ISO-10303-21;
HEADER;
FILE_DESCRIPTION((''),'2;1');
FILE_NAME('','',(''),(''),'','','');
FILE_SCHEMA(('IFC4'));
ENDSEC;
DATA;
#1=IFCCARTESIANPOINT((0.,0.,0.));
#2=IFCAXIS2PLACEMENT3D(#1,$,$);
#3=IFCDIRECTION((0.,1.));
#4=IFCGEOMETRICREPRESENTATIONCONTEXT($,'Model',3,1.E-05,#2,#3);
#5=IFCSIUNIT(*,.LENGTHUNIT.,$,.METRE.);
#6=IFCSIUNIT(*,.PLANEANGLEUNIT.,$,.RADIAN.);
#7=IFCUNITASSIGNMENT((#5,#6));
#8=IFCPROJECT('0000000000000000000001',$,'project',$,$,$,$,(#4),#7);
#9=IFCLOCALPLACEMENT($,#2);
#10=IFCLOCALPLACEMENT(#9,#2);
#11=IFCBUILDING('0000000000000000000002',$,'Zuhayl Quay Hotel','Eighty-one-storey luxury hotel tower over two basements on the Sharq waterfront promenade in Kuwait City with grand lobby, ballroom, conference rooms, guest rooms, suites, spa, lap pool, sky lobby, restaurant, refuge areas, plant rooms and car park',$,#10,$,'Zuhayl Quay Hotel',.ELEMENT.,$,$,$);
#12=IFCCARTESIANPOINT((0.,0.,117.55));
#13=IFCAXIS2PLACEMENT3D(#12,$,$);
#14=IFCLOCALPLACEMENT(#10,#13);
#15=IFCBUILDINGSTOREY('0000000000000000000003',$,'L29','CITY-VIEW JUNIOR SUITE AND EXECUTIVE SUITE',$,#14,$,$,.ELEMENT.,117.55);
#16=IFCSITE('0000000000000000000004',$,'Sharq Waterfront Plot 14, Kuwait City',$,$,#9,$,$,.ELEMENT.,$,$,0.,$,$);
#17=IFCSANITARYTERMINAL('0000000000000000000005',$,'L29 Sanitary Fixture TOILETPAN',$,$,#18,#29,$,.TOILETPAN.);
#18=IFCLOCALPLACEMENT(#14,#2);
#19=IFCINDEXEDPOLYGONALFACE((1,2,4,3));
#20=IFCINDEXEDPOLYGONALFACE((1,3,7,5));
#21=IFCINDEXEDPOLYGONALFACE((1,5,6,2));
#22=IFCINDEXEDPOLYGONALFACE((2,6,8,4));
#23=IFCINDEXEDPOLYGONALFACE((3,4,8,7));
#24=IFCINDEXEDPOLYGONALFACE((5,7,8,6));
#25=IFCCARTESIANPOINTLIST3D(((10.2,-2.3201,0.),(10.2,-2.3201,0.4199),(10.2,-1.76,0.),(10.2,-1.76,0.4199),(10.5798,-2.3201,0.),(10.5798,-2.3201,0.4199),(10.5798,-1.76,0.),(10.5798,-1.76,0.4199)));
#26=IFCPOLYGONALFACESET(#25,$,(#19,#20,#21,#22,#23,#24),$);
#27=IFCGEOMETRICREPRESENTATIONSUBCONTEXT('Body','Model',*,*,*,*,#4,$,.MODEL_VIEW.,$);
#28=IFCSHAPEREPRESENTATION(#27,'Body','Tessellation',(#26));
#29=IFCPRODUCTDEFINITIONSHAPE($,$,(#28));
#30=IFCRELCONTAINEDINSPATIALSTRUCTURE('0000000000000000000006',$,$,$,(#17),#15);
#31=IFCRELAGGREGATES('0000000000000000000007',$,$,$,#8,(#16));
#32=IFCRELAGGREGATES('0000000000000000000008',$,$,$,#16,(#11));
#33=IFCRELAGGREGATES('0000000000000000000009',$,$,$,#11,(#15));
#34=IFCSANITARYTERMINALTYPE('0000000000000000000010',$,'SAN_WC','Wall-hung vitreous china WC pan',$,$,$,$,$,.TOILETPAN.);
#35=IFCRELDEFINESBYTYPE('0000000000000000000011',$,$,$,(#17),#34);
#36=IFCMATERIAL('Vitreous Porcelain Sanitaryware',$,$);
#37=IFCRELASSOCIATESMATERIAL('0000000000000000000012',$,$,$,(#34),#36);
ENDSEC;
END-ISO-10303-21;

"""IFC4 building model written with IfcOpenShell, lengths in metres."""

from ifc_helpers import new_model, si_unit, direction, frame, origin, origin_2d, place, context, subcontext, project, spatial, rectangle, extrude, material, type_object, element, save


model = new_model("IFC4")

# Units and contexts
model_context = context("Model", 3, precision=1e-05, world=origin(), true_north=direction((0.0, 1.0)))
body_context = subcontext(model_context, "Body", "Model", "MODEL_VIEW")
ifc_project = project(units=[si_unit("LENGTHUNIT", "METRE"), si_unit("PLANEANGLEUNIT", "RADIAN")], contexts=[model_context])

# Site, building, storey
site_placement = place(None, origin())
site = spatial("IfcSite", under=ifc_project, at=site_placement, Name="Sharq Waterfront Plot 14, Kuwait City", CompositionType="ELEMENT", RefElevation=0.0)
building_placement = place(site_placement, origin())
building = spatial("IfcBuilding", under=site, at=building_placement, Name="Zuhayl Quay Hotel", Description="Eighty-one-storey luxury hotel tower over two basements on the Sharq waterfront promenade in Kuwait City with grand lobby, ballroom, conference rooms, guest rooms, suites, spa, lap pool, sky lobby, restaurant, refuge areas, plant rooms and car park", LongName="Zuhayl Quay Hotel", CompositionType="ELEMENT")
storey_placement = place(building_placement, frame((0.0, 0.0, 117.55)))
storey = spatial("IfcBuildingStorey", under=building, at=storey_placement, Name="L29", Description="CITY-VIEW JUNIOR SUITE AND EXECUTIVE SUITE", CompositionType="ELEMENT", Elevation=117.55)

# Sanitary terminal
ifc_material_1 = material(Name="Vitreous Porcelain Sanitaryware")
sanitary_terminal_type_1 = type_object("IfcSanitaryTerminalType", Name="SAN_WC", Description="Wall-hung vitreous china WC pan", PredefinedType="TOILETPAN", material=ifc_material_1)
sanitary_terminal_1_placement = place(storey_placement, frame((10.3899, -2.04, 0.0), z_axis=(0.0, 0.0, 1.0), x_axis=(1.0, 0.0, 0.0)))
element("IfcSanitaryTerminal", 1, at=sanitary_terminal_1_placement, inside=storey, type_object=sanitary_terminal_type_1, Name="L29 Sanitary Fixture TOILETPAN", PredefinedType="TOILETPAN", context=body_context, shape_type="SweptSolid", body=[
    extrude(rectangle(XDim=0.3799, YDim=0.5601, at=origin_2d()), origin(), (0.0, 0.0, 1.0), 0.4199),
])

save(model, "model.ifc")
